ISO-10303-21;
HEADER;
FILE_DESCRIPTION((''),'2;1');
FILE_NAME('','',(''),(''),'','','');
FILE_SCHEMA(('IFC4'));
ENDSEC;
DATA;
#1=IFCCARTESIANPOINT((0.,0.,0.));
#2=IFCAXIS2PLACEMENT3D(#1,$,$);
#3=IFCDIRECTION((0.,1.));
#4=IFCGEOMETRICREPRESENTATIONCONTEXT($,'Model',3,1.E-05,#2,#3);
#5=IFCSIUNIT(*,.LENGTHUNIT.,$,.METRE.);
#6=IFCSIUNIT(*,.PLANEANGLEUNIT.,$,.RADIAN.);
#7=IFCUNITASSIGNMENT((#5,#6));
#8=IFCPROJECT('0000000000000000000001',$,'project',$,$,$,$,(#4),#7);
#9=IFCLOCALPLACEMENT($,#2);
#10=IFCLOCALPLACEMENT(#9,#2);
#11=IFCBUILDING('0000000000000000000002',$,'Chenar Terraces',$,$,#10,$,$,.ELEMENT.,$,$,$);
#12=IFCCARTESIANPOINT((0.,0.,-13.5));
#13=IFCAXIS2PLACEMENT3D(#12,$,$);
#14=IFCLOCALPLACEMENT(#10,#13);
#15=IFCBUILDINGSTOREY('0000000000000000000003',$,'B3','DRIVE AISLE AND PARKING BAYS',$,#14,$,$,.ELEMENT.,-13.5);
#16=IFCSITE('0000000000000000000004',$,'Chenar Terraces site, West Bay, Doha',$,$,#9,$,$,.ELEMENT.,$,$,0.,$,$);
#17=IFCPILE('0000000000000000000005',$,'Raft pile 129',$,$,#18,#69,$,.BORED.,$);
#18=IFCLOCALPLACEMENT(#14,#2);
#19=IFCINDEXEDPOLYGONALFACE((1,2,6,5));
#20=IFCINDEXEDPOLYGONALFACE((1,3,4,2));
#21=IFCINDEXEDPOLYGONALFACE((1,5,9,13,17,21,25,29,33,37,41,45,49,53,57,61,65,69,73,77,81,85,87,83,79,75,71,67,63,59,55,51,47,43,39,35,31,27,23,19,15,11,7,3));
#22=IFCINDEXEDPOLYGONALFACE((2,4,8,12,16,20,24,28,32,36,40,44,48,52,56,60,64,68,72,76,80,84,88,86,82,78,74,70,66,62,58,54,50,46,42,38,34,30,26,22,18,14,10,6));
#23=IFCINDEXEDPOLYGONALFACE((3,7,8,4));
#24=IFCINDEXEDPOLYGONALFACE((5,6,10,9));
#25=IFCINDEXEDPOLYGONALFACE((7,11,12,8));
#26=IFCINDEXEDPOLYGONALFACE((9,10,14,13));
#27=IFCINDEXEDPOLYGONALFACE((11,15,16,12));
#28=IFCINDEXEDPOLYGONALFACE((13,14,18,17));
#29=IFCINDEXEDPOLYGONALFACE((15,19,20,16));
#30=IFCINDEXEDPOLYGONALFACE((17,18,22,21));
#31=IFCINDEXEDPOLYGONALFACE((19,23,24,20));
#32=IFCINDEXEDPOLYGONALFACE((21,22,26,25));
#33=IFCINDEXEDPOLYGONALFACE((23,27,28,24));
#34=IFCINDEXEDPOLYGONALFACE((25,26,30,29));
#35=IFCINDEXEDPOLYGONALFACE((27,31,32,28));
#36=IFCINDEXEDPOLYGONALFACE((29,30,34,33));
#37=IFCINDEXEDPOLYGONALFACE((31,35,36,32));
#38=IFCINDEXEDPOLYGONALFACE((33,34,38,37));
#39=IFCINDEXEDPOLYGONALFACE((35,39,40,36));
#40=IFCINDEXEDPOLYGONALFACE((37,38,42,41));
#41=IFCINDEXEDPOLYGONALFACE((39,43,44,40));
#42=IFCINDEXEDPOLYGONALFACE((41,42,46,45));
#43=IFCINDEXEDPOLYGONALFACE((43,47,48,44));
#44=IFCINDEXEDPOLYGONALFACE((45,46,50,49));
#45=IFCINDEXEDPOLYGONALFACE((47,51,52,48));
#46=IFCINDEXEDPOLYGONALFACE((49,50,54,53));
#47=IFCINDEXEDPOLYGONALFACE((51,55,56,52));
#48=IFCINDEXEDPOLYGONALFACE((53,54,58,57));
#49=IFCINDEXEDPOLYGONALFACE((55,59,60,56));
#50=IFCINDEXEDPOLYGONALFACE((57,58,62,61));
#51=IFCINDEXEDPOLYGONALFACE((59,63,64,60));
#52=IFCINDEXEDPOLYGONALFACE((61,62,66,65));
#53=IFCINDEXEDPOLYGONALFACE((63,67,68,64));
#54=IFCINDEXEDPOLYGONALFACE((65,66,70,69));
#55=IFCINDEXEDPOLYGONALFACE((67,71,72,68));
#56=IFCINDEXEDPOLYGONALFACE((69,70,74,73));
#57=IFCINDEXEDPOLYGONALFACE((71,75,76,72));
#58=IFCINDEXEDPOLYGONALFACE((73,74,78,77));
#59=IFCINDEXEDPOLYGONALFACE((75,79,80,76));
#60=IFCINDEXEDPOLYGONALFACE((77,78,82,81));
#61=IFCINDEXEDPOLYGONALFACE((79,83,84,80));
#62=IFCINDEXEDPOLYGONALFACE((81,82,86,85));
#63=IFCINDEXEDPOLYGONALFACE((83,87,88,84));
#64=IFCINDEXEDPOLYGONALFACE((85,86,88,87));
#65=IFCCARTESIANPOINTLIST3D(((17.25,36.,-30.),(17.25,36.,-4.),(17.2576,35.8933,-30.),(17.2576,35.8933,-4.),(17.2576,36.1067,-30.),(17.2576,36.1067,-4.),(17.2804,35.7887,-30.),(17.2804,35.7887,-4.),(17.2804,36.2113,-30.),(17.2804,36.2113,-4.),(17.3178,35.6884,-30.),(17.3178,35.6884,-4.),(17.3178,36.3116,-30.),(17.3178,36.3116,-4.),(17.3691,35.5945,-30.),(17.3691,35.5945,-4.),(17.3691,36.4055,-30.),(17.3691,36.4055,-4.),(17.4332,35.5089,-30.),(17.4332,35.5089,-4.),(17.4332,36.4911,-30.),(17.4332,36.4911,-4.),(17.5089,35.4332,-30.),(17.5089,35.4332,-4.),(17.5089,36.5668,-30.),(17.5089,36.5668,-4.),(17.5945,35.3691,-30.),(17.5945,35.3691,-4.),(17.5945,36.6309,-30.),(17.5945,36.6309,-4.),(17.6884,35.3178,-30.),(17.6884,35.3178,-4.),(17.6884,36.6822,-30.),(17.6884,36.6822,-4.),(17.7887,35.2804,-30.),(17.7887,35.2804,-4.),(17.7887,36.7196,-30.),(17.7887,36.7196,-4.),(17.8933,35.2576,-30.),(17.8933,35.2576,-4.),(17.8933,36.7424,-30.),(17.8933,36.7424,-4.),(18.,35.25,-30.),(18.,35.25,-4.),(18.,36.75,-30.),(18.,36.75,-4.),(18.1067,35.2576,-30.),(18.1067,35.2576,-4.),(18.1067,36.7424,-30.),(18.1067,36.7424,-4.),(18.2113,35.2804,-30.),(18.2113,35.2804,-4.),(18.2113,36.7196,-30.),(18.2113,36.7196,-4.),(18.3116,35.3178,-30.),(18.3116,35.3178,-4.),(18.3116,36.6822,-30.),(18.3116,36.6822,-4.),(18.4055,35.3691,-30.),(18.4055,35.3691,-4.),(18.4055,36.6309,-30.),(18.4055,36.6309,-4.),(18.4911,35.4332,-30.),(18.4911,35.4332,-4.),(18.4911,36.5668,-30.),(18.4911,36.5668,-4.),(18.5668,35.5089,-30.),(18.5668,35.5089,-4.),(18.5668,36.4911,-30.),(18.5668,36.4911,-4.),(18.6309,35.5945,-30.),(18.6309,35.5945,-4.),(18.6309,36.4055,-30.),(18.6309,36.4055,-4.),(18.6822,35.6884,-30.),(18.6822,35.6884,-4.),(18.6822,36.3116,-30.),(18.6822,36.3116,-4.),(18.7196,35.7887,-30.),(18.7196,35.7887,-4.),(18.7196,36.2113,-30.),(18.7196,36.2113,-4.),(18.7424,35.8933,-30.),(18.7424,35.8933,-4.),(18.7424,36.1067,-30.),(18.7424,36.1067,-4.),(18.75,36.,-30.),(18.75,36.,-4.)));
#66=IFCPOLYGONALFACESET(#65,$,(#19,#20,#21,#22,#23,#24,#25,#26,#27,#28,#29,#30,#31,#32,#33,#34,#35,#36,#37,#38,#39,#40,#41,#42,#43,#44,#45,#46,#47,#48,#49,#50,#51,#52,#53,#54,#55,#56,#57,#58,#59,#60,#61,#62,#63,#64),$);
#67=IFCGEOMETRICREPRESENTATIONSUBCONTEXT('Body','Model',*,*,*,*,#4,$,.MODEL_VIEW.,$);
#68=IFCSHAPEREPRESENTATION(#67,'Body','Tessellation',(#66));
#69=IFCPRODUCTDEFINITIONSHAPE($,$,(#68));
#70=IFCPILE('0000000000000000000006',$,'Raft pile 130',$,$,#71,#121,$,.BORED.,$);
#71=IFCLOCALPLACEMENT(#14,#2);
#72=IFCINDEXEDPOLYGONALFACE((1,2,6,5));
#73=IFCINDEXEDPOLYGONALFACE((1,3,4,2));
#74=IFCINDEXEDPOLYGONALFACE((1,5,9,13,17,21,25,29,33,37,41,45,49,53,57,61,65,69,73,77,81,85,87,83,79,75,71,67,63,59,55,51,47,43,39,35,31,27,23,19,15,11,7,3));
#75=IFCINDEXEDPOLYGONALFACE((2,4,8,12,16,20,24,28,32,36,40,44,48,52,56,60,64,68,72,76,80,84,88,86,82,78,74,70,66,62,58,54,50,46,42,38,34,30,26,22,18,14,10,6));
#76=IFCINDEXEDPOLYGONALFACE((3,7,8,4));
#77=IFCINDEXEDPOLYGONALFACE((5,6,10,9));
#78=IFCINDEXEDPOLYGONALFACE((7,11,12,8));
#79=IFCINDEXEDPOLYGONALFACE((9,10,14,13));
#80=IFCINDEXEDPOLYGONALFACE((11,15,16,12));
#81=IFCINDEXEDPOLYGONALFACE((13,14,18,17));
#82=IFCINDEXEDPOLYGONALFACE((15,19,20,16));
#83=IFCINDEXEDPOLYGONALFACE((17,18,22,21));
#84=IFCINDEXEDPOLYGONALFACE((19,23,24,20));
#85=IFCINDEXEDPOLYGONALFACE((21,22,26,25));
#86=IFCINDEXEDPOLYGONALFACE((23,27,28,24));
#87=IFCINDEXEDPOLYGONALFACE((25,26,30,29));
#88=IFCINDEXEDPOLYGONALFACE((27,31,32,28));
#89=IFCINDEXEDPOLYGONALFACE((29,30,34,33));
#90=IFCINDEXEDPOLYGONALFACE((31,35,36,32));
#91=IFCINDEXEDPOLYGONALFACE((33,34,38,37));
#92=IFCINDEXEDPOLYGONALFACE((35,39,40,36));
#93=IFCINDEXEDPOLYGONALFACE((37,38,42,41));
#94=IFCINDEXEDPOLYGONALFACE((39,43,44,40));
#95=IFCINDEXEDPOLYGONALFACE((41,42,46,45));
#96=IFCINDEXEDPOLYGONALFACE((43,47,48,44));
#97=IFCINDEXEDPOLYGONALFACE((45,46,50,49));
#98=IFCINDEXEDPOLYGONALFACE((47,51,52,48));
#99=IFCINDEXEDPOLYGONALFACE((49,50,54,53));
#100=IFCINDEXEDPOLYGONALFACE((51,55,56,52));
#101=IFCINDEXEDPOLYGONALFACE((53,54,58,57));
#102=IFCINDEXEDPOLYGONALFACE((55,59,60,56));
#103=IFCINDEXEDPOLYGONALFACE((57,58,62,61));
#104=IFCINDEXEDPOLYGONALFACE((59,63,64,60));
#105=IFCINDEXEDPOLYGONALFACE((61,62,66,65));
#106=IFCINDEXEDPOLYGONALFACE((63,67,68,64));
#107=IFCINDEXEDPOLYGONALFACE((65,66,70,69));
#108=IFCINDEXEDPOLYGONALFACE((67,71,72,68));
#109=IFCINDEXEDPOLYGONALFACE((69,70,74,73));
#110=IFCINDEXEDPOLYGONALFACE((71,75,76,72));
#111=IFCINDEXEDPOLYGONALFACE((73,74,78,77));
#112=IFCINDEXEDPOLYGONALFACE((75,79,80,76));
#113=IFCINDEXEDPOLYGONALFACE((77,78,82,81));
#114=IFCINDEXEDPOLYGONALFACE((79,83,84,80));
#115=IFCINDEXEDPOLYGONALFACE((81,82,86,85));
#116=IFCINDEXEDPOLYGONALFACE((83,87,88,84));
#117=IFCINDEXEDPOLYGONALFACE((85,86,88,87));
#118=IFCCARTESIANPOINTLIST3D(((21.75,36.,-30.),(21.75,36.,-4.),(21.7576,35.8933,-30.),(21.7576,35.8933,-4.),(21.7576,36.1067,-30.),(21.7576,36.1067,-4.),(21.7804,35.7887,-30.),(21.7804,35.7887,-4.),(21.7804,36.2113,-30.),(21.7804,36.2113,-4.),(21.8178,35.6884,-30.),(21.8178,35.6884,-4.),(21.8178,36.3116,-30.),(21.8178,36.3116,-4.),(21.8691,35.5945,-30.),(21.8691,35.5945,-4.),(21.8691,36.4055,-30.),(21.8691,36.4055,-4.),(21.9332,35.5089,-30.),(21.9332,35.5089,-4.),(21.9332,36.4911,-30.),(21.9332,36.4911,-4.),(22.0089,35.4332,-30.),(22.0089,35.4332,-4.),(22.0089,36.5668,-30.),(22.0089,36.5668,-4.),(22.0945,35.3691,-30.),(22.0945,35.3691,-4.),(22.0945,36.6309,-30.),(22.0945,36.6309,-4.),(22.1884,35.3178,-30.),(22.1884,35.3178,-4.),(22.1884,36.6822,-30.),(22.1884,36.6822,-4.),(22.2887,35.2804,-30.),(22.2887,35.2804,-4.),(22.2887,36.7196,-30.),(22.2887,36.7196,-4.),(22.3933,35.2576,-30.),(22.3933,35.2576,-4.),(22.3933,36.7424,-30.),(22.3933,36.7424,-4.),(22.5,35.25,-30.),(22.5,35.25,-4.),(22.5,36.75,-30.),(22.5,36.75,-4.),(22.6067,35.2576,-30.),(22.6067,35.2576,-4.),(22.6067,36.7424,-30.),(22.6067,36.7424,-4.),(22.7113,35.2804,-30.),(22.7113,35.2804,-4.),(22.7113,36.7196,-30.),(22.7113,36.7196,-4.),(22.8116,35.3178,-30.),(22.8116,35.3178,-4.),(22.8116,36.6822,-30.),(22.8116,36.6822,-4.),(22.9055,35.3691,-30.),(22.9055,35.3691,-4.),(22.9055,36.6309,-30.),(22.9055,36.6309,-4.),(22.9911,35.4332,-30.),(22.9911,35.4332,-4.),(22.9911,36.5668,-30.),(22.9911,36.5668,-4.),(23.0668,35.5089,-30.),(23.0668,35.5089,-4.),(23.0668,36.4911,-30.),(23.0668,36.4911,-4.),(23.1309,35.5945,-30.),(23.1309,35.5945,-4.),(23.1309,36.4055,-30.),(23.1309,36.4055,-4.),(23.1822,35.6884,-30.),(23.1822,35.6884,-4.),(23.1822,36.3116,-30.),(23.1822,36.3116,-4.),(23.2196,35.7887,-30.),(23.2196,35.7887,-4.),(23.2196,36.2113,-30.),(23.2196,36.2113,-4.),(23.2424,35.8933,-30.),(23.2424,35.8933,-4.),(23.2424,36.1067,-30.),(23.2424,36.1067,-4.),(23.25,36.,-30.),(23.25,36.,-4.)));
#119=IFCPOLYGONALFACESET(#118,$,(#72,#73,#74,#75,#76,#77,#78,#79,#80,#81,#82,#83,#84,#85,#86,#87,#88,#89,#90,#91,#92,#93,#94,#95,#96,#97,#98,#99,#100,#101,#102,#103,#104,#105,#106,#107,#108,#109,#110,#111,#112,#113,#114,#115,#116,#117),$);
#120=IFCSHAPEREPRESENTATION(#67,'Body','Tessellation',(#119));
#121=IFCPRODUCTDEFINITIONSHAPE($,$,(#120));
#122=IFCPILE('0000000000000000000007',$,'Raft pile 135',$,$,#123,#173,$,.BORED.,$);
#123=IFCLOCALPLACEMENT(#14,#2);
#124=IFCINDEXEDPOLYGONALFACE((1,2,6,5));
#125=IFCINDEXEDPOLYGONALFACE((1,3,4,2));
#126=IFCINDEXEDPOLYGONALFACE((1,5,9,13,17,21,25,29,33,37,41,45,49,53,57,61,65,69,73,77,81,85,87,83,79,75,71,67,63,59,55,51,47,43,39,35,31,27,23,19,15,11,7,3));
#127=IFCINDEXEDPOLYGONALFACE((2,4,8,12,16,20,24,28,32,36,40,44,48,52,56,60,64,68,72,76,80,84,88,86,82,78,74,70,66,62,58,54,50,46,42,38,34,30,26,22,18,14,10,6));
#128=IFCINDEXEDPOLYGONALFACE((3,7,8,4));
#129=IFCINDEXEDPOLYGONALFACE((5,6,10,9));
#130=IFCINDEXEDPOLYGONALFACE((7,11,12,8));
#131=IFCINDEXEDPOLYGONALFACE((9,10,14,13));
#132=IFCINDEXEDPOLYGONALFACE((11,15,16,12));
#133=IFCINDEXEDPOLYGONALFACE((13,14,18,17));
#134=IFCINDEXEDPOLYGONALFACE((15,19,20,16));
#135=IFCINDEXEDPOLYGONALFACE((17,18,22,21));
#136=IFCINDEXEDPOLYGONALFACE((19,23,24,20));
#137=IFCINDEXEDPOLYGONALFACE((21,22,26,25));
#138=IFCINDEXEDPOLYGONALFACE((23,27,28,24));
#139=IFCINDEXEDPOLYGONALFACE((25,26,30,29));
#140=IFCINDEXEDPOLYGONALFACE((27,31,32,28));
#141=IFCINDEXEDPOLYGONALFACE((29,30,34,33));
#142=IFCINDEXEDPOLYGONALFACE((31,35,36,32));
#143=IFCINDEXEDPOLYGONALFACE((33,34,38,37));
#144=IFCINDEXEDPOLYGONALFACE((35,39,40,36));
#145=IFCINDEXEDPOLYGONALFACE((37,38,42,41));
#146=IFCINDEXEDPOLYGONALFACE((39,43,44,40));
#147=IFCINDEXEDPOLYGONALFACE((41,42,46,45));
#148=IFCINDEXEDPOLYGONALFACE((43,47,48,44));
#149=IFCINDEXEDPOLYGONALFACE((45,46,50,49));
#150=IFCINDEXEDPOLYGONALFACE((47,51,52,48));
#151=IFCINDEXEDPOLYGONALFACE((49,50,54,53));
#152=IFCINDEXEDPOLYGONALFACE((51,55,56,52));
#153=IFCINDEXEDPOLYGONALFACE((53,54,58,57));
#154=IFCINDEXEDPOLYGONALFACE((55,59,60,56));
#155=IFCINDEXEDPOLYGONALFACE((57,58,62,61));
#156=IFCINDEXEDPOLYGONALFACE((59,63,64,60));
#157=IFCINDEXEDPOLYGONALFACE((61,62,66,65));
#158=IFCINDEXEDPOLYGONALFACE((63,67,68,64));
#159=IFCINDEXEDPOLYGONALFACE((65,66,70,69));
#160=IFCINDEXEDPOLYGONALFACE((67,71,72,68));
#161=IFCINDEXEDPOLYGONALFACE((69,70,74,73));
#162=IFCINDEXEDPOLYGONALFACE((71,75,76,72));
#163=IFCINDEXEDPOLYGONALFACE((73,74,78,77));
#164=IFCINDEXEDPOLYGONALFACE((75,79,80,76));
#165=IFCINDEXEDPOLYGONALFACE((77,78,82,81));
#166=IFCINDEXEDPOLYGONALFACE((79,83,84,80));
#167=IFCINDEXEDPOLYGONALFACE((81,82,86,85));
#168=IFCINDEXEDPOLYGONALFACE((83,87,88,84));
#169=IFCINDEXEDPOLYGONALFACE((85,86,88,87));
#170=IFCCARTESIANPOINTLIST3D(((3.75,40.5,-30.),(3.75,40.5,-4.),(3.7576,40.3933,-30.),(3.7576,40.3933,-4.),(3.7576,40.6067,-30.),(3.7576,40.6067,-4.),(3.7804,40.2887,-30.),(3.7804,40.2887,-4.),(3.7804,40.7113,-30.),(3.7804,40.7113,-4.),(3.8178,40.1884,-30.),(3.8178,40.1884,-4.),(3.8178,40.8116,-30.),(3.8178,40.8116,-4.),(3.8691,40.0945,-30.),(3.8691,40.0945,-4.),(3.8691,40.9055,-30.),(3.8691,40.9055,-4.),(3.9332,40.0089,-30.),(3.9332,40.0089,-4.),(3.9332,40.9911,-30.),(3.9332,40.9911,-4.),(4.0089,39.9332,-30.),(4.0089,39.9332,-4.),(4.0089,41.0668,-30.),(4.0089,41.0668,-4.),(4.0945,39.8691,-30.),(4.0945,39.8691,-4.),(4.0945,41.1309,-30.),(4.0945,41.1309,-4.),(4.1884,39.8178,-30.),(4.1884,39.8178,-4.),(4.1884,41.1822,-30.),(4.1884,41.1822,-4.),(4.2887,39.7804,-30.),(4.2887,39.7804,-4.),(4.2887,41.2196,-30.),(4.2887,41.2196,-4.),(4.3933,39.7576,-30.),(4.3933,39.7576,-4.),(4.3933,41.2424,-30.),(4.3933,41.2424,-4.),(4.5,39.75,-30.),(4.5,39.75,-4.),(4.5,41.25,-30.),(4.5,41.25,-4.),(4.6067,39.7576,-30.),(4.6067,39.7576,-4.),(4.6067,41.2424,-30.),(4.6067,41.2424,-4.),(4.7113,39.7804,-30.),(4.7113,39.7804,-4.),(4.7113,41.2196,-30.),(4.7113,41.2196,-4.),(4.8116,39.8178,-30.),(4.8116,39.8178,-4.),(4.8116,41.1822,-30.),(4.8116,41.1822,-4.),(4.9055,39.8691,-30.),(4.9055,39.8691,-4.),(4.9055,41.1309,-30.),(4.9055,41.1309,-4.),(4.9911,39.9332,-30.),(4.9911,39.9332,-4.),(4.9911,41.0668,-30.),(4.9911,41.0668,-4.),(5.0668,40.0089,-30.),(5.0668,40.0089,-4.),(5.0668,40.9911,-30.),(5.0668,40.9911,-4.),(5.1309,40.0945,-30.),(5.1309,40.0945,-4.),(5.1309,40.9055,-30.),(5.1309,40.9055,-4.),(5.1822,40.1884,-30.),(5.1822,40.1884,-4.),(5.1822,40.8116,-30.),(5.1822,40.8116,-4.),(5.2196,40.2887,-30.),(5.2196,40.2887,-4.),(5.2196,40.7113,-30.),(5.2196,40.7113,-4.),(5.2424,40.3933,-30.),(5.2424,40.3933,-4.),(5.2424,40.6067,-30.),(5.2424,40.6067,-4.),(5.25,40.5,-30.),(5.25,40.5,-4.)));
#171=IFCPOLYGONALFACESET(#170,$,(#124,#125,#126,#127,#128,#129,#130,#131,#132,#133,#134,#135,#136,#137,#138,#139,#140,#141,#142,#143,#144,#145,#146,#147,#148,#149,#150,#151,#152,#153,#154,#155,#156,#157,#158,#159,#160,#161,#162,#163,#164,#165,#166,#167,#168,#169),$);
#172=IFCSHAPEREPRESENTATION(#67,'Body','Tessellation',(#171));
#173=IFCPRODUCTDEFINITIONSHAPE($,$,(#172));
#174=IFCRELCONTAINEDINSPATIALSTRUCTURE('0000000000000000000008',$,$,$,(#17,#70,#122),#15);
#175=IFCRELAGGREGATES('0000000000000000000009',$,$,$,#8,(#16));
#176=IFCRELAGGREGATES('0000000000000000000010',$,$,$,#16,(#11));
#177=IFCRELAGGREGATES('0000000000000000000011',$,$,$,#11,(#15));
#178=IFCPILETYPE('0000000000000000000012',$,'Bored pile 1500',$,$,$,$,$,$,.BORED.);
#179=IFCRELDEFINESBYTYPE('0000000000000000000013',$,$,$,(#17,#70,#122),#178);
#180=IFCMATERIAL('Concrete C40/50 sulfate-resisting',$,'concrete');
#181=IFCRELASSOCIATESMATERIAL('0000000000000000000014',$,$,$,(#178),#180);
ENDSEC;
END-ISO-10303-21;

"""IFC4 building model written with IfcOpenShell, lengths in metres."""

from ifc_helpers import new_model, si_unit, direction, frame, origin, origin_2d, place, context, subcontext, project, spatial, circle, extrude, material, material_profile, profile_set, type_object, element, save


model = new_model("IFC4")

# Units and contexts
model_context = context("Model", 3, precision=1e-05, world=origin(), true_north=direction((0.0, 1.0)))
body_context = subcontext(model_context, "Body", "Model", "MODEL_VIEW")
ifc_project = project(units=[si_unit("LENGTHUNIT", "METRE"), si_unit("PLANEANGLEUNIT", "RADIAN")], contexts=[model_context])

# Site, building, storey
site_placement = place(None, origin())
site = spatial("IfcSite", under=ifc_project, at=site_placement, Name="Chenar Terraces site, West Bay, Doha", CompositionType="ELEMENT", RefElevation=0.0)
building_placement = place(site_placement, origin())
building = spatial("IfcBuilding", under=site, at=building_placement, Name="Chenar Terraces", CompositionType="ELEMENT")
storey_placement = place(building_placement, frame((0.0, 0.0, -13.5)))
storey = spatial("IfcBuildingStorey", under=building, at=storey_placement, Name="B3", Description="DRIVE AISLE AND PARKING BAYS", CompositionType="ELEMENT", Elevation=-13.5)

# Piles
ifc_material_1 = material(Name="Concrete C40/50 sulfate-resisting", Category="concrete")
ifc_material_profile_1 = material_profile(ifc_material_1, circle(Radius=0.75, at=origin_2d()), Name="BP 1500")
ifc_profile_set_1 = profile_set([ifc_material_profile_1], Name="Concrete C40/50 sulfate-resisting")
pile_type = type_object("IfcPileType", Name="Bored pile 1500", PredefinedType="BORED", material=ifc_profile_set_1)
for number, where, z_axis, x_axis, name in (
    (1, (18.0, 36.0, -4.0), (0.0, 0.0, -1.0), (1.0, 0.0, 0.0), "Raft pile 129"),
    (2, (22.5, 36.0, -4.0), (0.0, 0.0, -1.0), (1.0, 0.0, 0.0), "Raft pile 130"),
    (3, (4.5, 40.5, -4.0), (0.0, 0.0, -1.0), (1.0, 0.0, 0.0), "Raft pile 135"),
):
    element("IfcPile", number, at=place(storey_placement, frame(where, z_axis=z_axis, x_axis=x_axis)), inside=storey, type_object=pile_type, Name=name, PredefinedType="BORED", context=body_context, shape_type="SweptSolid", body=[
        extrude(circle(Radius=0.75, at=origin_2d()), origin(), (0.0, 0.0, 1.0), 26.0),
    ])

save(model, "model.ifc")
